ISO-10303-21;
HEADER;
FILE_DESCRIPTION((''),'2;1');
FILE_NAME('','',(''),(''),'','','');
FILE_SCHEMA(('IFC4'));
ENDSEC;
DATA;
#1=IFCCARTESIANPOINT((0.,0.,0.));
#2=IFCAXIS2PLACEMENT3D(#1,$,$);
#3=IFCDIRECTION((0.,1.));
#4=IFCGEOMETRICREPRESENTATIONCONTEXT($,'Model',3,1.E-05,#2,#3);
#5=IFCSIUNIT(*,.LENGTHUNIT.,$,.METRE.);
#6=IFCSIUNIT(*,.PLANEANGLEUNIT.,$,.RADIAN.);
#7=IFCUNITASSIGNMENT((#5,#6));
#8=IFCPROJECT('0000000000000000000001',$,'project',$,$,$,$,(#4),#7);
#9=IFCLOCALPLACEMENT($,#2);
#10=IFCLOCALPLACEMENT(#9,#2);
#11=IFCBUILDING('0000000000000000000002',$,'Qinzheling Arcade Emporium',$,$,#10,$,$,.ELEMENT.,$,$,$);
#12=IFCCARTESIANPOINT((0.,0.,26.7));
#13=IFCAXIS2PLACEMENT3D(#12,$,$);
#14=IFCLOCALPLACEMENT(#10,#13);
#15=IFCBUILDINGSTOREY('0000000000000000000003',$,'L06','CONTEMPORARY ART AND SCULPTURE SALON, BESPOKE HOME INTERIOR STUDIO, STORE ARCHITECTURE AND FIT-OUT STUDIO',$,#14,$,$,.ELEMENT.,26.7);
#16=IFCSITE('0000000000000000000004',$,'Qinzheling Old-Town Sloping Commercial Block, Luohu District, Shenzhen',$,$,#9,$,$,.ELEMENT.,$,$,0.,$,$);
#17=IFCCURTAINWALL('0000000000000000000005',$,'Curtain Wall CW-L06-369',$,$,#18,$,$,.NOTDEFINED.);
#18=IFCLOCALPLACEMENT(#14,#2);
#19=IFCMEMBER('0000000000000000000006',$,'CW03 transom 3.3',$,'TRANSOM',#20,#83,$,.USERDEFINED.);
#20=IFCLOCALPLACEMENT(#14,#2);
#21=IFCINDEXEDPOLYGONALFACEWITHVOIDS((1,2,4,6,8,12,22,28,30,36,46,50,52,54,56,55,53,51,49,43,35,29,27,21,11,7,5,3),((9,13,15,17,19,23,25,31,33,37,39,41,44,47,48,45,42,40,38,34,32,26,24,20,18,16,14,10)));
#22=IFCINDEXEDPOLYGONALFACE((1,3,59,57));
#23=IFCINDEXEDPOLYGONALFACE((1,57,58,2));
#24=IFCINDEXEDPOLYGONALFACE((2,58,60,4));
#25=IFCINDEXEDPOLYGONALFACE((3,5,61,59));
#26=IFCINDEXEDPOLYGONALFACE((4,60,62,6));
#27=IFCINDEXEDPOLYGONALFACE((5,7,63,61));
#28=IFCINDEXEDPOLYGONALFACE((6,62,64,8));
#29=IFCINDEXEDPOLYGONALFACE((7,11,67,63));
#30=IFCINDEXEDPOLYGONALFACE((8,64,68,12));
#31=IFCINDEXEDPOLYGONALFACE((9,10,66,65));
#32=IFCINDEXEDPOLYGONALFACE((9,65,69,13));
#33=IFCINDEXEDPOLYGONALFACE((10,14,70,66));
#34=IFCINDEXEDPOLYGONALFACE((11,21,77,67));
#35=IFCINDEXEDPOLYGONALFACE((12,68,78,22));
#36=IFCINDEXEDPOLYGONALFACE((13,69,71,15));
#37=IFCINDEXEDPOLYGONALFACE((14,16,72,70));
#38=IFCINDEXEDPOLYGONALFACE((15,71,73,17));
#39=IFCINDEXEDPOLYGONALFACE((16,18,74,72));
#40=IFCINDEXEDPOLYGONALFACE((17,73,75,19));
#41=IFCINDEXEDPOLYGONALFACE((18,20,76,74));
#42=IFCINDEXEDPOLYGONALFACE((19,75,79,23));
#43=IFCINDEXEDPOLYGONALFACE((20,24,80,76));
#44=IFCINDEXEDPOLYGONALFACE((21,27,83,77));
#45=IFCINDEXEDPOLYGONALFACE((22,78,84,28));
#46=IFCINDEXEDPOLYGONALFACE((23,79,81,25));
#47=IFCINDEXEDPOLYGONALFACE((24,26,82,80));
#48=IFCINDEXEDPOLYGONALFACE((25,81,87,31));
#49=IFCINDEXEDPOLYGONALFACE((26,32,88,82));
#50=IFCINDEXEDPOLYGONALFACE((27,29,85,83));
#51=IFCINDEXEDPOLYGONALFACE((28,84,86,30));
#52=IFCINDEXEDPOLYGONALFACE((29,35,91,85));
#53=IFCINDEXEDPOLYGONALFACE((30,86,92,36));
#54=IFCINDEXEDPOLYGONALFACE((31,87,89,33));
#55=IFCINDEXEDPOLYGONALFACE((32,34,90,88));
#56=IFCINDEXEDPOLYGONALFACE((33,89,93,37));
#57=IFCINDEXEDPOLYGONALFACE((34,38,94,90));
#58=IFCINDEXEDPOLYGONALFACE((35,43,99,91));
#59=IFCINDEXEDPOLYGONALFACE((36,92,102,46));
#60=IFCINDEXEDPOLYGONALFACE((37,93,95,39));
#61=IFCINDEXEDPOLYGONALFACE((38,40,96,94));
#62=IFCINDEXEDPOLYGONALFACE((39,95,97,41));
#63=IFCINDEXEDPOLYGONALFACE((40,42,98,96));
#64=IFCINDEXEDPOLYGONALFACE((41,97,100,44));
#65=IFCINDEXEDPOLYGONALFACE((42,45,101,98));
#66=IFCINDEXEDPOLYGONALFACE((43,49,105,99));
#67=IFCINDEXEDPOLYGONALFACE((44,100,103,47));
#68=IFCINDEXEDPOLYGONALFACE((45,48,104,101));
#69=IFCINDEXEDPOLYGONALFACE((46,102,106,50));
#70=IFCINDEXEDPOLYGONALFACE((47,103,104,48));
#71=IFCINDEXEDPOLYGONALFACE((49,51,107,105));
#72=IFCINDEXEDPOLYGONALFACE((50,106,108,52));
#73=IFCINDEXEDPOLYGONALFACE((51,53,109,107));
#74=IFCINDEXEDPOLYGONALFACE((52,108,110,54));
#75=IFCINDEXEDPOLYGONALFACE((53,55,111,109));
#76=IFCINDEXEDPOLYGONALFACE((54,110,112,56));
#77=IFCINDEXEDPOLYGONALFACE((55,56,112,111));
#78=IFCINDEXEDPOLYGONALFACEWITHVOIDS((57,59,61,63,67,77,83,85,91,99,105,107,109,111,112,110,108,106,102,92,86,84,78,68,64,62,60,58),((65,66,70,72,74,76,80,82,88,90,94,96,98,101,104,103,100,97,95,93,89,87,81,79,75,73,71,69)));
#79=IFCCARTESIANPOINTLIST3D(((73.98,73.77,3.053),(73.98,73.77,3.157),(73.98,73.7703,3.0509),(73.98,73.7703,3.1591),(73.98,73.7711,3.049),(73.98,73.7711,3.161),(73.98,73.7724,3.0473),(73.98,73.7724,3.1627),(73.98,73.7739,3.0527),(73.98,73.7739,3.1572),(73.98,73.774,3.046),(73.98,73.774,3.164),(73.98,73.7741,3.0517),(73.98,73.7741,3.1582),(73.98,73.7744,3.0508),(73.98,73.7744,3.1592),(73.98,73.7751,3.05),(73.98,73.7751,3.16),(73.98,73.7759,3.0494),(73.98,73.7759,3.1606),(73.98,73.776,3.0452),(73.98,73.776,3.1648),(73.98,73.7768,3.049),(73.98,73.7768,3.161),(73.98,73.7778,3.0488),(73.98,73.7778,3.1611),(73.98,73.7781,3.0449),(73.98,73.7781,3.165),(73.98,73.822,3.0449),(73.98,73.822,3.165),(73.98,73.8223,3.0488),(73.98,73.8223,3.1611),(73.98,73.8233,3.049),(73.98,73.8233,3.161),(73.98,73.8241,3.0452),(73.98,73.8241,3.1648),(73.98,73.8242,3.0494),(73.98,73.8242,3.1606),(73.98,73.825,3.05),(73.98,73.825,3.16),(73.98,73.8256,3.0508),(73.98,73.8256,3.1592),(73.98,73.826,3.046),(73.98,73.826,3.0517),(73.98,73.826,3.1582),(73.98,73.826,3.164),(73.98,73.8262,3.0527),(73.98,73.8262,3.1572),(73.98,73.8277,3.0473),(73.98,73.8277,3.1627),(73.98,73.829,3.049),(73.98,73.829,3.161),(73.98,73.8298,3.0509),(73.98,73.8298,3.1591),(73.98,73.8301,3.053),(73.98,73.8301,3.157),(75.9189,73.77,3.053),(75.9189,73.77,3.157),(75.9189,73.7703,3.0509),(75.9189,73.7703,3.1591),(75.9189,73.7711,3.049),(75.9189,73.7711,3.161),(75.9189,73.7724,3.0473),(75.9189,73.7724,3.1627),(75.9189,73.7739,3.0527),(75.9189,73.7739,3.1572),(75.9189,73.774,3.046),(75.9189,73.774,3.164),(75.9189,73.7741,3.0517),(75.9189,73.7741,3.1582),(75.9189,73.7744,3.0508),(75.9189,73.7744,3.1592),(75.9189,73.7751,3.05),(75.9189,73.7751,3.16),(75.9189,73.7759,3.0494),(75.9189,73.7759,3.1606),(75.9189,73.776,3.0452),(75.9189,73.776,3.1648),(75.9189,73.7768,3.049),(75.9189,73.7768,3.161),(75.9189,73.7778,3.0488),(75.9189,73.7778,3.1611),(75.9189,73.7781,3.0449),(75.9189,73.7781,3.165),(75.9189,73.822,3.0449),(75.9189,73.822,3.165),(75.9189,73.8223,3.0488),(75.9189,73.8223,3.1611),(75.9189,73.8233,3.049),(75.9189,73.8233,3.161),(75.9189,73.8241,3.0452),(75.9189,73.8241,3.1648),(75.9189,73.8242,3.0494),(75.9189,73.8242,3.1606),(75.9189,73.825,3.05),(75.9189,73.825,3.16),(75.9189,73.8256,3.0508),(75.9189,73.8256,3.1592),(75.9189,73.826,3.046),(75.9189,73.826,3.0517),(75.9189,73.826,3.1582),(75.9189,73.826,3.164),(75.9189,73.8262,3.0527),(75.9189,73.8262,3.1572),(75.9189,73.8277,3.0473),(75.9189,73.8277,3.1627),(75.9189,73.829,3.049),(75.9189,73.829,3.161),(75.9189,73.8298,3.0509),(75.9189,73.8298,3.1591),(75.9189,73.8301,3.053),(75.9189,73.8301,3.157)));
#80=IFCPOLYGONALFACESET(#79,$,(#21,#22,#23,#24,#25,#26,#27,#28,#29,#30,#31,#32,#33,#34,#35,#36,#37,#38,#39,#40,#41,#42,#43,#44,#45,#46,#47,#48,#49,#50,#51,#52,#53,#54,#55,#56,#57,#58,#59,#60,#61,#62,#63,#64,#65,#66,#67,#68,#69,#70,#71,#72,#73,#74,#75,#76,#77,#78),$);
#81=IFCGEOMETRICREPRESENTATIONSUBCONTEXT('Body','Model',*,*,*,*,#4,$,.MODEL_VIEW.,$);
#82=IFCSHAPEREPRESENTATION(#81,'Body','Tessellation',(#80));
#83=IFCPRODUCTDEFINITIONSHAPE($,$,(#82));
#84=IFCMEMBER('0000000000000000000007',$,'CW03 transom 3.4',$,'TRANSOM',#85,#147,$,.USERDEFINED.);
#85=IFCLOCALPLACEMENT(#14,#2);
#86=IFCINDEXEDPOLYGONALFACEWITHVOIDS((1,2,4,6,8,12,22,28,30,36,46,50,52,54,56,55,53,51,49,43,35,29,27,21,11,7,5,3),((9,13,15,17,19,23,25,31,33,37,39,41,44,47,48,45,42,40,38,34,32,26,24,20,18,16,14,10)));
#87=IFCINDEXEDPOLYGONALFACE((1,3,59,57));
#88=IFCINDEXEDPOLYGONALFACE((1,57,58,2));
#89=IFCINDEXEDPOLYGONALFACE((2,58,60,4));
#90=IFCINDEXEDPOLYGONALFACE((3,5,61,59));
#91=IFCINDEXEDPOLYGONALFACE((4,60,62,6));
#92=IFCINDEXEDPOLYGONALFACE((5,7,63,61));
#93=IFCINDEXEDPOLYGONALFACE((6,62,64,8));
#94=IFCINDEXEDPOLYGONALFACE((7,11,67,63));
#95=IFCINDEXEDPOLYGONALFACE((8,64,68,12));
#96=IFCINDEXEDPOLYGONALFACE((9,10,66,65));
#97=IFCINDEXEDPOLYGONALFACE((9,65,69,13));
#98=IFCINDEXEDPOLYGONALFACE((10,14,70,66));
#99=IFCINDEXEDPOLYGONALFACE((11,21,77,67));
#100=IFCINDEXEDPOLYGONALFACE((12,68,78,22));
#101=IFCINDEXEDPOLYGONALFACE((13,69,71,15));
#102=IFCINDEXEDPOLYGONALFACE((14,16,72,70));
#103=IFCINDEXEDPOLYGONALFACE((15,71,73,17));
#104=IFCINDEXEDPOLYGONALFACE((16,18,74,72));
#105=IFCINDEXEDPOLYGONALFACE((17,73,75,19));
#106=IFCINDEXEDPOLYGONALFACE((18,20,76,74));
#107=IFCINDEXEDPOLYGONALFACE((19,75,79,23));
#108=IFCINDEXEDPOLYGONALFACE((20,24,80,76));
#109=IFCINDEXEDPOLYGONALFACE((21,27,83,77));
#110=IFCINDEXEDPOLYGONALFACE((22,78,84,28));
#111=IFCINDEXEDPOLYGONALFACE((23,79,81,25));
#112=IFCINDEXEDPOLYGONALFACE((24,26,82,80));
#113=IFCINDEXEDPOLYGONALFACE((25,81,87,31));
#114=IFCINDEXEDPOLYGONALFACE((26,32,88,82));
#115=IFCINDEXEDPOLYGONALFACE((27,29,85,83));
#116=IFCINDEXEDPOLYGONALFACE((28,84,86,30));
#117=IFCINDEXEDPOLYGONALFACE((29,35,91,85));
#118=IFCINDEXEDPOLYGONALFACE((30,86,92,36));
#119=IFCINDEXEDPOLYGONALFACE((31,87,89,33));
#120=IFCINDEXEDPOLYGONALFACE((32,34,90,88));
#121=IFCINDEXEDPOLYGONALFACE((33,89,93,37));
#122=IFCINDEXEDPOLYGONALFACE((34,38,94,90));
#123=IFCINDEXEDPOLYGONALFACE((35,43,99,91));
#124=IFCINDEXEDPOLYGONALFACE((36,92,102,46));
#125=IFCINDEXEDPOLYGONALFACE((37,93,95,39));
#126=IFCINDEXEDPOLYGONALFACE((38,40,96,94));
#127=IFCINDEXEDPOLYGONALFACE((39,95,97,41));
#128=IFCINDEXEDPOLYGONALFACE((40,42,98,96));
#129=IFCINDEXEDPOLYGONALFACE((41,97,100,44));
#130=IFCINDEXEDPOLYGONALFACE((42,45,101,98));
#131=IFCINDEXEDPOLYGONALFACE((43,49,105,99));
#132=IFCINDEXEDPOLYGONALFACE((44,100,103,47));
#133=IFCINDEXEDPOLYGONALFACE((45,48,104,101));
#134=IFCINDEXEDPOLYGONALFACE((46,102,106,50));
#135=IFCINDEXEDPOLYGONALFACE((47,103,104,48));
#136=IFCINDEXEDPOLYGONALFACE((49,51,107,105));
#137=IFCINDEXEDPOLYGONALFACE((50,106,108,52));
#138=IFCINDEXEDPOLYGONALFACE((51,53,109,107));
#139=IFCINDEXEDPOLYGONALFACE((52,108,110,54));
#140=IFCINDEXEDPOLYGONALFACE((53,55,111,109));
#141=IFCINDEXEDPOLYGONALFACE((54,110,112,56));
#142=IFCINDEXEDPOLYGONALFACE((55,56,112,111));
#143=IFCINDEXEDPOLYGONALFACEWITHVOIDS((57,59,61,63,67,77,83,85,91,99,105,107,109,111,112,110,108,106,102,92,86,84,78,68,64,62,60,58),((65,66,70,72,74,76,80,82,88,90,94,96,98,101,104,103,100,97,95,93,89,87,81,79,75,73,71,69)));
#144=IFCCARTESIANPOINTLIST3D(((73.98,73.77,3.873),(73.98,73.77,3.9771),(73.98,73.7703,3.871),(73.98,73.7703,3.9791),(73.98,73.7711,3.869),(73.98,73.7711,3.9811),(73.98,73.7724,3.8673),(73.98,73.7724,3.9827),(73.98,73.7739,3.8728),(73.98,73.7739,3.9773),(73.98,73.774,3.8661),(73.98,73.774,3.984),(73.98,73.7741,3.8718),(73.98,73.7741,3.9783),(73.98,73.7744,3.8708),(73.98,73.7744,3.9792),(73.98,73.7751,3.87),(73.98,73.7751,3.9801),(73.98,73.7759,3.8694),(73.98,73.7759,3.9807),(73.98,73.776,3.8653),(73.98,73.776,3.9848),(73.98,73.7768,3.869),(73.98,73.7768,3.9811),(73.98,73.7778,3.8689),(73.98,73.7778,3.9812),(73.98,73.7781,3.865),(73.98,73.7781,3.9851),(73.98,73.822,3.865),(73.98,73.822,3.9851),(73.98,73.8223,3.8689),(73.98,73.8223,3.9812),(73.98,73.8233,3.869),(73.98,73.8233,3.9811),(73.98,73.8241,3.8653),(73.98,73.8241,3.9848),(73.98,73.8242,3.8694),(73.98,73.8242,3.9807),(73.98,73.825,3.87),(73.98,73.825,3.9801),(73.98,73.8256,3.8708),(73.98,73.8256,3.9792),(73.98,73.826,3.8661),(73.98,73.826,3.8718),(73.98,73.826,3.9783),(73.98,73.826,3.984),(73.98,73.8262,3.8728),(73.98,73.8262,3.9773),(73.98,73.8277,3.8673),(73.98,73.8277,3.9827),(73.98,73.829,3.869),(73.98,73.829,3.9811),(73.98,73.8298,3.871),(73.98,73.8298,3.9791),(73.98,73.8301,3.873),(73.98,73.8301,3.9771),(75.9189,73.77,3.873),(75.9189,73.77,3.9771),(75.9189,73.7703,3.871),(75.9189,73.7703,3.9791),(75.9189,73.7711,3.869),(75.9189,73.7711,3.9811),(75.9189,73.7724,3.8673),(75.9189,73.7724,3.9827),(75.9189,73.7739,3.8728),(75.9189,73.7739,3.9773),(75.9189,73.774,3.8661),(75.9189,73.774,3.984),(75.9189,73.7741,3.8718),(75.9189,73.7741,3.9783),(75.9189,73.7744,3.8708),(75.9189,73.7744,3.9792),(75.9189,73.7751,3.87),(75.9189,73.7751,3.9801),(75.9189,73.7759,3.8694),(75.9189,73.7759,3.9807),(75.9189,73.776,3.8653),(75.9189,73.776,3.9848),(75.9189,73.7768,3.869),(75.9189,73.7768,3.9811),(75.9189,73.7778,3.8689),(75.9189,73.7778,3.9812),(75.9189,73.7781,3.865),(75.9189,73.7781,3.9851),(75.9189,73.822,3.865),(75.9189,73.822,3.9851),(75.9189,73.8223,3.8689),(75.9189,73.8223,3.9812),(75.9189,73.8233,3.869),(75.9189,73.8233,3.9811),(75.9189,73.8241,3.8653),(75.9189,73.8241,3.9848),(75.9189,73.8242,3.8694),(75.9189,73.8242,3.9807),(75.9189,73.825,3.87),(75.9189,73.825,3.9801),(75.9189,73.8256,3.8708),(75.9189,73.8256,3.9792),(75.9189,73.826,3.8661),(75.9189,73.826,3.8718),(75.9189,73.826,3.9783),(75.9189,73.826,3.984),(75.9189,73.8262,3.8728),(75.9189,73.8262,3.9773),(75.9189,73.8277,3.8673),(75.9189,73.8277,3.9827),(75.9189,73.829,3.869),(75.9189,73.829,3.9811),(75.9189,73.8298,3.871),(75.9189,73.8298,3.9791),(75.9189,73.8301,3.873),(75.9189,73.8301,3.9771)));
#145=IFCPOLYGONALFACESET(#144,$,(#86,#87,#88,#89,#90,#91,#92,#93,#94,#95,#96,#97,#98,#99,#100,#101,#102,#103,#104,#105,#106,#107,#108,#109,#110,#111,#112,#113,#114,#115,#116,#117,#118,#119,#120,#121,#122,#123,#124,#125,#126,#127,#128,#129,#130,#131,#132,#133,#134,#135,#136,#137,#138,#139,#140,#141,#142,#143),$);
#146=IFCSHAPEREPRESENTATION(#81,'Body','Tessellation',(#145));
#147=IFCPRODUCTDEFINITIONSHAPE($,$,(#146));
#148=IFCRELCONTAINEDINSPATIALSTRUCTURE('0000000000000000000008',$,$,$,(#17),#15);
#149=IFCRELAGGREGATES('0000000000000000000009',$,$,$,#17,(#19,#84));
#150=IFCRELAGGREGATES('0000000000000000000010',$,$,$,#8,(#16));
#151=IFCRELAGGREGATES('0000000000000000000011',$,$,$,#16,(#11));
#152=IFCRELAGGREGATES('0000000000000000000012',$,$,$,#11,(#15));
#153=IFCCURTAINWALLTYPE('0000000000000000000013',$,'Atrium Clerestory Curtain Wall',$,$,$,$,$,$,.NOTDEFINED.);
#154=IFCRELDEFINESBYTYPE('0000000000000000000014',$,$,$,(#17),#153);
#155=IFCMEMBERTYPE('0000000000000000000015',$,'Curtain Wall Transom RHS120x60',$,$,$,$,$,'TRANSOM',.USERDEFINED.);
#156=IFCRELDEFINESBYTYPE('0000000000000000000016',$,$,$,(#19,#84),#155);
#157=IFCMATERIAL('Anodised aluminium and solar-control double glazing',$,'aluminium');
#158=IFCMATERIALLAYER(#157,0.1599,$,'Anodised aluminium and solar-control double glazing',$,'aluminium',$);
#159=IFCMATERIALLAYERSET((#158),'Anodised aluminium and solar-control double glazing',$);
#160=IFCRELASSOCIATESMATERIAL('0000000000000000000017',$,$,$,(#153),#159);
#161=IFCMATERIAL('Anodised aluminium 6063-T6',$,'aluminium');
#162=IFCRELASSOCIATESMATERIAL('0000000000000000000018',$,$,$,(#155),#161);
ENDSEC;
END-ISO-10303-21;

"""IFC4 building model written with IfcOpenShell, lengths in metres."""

from ifc_helpers import new_model, si_unit, direction, frame, origin, origin_2d, place, context, subcontext, project, spatial, hollow_rectangle, extrude, material, layer, layer_set, material_profile, profile_set, type_object, element, aggregate, save


model = new_model("IFC4")

# Units and contexts
model_context = context("Model", 3, precision=1e-05, world=origin(), true_north=direction((0.0, 1.0)))
body_context = subcontext(model_context, "Body", "Model", "MODEL_VIEW")
ifc_project = project(units=[si_unit("LENGTHUNIT", "METRE"), si_unit("PLANEANGLEUNIT", "RADIAN")], contexts=[model_context])

# Site, building, storey
site_placement = place(None, origin())
site = spatial("IfcSite", under=ifc_project, at=site_placement, Name="Qinzheling Old-Town Sloping Commercial Block, Luohu District, Shenzhen", CompositionType="ELEMENT", RefElevation=0.0)
building_placement = place(site_placement, origin())
building = spatial("IfcBuilding", under=site, at=building_placement, Name="Qinzheling Arcade Emporium", CompositionType="ELEMENT")
storey_placement = place(building_placement, frame((0.0, 0.0, 26.7)))
storey = spatial("IfcBuildingStorey", under=building, at=storey_placement, Name="L06", Description="CONTEMPORARY ART AND SCULPTURE SALON, BESPOKE HOME INTERIOR STUDIO, STORE ARCHITECTURE AND FIT-OUT STUDIO", CompositionType="ELEMENT", Elevation=26.7)

# Curtain wall, members
ifc_material_1 = material(Name="Anodised aluminium and solar-control double glazing", Category="aluminium")
ifc_layer_1 = layer(ifc_material_1, 0.1599, Name="Anodised aluminium and solar-control double glazing", Category="aluminium")
ifc_layer_set_1 = layer_set([ifc_layer_1], Name="Anodised aluminium and solar-control double glazing")
curtain_wall_type = type_object("IfcCurtainWallType", Name="Atrium Clerestory Curtain Wall", PredefinedType="NOTDEFINED", material=ifc_layer_set_1)
curtain_wall_placement = place(storey_placement, origin())
curtain_wall = element("IfcCurtainWall", 1, at=curtain_wall_placement, inside=storey, type_object=curtain_wall_type, Name="Curtain Wall CW-L06-369", PredefinedType="NOTDEFINED")
ifc_material_2 = material(Name="Anodised aluminium 6063-T6", Category="aluminium")
ifc_material_profile_1 = material_profile(ifc_material_2, hollow_rectangle(XDim=0.0601, YDim=0.1201, WallThickness=0.0039, InnerFilletRadius=0.0039, OuterFilletRadius=0.0081, at=origin_2d()), Name="RHS 120x60x4", Category="aluminium")
ifc_profile_set_1 = profile_set([ifc_material_profile_1], Name="Anodised aluminium 6063-T6")
member_type_1 = type_object("IfcMemberType", Name="Curtain Wall Transom RHS120x60", ElementType="TRANSOM", PredefinedType="USERDEFINED", material=ifc_profile_set_1)
member_1_placement = place(storey_placement, frame((73.98, 73.8, 3.105), z_axis=(1.0, 0.0, 0.0), x_axis=(0.0, 1.0, 0.0)))
member_1 = element("IfcMember", 2, at=member_1_placement, type_object=member_type_1, Name="CW03 transom 3.3", ObjectType="TRANSOM", PredefinedType="USERDEFINED", context=body_context, shape_type="SweptSolid", body=[
    extrude(hollow_rectangle(XDim=0.0601, YDim=0.1201, WallThickness=0.0039, InnerFilletRadius=0.0039, OuterFilletRadius=0.0081, at=origin_2d()), origin(), (0.0, 0.0, 1.0), 1.939),
])
member_2_placement = place(storey_placement, frame((73.98, 73.8, 3.925), z_axis=(1.0, 0.0, 0.0), x_axis=(0.0, 1.0, 0.0)))
member_2 = element("IfcMember", 3, at=member_2_placement, type_object=member_type_1, Name="CW03 transom 3.4", ObjectType="TRANSOM", PredefinedType="USERDEFINED", context=body_context, shape_type="SweptSolid", body=[
    extrude(hollow_rectangle(XDim=0.0601, YDim=0.1201, WallThickness=0.0039, InnerFilletRadius=0.0039, OuterFilletRadius=0.0081, at=origin_2d()), origin(), (0.0, 0.0, 1.0), 1.939),
])
aggregate(curtain_wall, [member_1, member_2])

save(model, "model.ifc")
